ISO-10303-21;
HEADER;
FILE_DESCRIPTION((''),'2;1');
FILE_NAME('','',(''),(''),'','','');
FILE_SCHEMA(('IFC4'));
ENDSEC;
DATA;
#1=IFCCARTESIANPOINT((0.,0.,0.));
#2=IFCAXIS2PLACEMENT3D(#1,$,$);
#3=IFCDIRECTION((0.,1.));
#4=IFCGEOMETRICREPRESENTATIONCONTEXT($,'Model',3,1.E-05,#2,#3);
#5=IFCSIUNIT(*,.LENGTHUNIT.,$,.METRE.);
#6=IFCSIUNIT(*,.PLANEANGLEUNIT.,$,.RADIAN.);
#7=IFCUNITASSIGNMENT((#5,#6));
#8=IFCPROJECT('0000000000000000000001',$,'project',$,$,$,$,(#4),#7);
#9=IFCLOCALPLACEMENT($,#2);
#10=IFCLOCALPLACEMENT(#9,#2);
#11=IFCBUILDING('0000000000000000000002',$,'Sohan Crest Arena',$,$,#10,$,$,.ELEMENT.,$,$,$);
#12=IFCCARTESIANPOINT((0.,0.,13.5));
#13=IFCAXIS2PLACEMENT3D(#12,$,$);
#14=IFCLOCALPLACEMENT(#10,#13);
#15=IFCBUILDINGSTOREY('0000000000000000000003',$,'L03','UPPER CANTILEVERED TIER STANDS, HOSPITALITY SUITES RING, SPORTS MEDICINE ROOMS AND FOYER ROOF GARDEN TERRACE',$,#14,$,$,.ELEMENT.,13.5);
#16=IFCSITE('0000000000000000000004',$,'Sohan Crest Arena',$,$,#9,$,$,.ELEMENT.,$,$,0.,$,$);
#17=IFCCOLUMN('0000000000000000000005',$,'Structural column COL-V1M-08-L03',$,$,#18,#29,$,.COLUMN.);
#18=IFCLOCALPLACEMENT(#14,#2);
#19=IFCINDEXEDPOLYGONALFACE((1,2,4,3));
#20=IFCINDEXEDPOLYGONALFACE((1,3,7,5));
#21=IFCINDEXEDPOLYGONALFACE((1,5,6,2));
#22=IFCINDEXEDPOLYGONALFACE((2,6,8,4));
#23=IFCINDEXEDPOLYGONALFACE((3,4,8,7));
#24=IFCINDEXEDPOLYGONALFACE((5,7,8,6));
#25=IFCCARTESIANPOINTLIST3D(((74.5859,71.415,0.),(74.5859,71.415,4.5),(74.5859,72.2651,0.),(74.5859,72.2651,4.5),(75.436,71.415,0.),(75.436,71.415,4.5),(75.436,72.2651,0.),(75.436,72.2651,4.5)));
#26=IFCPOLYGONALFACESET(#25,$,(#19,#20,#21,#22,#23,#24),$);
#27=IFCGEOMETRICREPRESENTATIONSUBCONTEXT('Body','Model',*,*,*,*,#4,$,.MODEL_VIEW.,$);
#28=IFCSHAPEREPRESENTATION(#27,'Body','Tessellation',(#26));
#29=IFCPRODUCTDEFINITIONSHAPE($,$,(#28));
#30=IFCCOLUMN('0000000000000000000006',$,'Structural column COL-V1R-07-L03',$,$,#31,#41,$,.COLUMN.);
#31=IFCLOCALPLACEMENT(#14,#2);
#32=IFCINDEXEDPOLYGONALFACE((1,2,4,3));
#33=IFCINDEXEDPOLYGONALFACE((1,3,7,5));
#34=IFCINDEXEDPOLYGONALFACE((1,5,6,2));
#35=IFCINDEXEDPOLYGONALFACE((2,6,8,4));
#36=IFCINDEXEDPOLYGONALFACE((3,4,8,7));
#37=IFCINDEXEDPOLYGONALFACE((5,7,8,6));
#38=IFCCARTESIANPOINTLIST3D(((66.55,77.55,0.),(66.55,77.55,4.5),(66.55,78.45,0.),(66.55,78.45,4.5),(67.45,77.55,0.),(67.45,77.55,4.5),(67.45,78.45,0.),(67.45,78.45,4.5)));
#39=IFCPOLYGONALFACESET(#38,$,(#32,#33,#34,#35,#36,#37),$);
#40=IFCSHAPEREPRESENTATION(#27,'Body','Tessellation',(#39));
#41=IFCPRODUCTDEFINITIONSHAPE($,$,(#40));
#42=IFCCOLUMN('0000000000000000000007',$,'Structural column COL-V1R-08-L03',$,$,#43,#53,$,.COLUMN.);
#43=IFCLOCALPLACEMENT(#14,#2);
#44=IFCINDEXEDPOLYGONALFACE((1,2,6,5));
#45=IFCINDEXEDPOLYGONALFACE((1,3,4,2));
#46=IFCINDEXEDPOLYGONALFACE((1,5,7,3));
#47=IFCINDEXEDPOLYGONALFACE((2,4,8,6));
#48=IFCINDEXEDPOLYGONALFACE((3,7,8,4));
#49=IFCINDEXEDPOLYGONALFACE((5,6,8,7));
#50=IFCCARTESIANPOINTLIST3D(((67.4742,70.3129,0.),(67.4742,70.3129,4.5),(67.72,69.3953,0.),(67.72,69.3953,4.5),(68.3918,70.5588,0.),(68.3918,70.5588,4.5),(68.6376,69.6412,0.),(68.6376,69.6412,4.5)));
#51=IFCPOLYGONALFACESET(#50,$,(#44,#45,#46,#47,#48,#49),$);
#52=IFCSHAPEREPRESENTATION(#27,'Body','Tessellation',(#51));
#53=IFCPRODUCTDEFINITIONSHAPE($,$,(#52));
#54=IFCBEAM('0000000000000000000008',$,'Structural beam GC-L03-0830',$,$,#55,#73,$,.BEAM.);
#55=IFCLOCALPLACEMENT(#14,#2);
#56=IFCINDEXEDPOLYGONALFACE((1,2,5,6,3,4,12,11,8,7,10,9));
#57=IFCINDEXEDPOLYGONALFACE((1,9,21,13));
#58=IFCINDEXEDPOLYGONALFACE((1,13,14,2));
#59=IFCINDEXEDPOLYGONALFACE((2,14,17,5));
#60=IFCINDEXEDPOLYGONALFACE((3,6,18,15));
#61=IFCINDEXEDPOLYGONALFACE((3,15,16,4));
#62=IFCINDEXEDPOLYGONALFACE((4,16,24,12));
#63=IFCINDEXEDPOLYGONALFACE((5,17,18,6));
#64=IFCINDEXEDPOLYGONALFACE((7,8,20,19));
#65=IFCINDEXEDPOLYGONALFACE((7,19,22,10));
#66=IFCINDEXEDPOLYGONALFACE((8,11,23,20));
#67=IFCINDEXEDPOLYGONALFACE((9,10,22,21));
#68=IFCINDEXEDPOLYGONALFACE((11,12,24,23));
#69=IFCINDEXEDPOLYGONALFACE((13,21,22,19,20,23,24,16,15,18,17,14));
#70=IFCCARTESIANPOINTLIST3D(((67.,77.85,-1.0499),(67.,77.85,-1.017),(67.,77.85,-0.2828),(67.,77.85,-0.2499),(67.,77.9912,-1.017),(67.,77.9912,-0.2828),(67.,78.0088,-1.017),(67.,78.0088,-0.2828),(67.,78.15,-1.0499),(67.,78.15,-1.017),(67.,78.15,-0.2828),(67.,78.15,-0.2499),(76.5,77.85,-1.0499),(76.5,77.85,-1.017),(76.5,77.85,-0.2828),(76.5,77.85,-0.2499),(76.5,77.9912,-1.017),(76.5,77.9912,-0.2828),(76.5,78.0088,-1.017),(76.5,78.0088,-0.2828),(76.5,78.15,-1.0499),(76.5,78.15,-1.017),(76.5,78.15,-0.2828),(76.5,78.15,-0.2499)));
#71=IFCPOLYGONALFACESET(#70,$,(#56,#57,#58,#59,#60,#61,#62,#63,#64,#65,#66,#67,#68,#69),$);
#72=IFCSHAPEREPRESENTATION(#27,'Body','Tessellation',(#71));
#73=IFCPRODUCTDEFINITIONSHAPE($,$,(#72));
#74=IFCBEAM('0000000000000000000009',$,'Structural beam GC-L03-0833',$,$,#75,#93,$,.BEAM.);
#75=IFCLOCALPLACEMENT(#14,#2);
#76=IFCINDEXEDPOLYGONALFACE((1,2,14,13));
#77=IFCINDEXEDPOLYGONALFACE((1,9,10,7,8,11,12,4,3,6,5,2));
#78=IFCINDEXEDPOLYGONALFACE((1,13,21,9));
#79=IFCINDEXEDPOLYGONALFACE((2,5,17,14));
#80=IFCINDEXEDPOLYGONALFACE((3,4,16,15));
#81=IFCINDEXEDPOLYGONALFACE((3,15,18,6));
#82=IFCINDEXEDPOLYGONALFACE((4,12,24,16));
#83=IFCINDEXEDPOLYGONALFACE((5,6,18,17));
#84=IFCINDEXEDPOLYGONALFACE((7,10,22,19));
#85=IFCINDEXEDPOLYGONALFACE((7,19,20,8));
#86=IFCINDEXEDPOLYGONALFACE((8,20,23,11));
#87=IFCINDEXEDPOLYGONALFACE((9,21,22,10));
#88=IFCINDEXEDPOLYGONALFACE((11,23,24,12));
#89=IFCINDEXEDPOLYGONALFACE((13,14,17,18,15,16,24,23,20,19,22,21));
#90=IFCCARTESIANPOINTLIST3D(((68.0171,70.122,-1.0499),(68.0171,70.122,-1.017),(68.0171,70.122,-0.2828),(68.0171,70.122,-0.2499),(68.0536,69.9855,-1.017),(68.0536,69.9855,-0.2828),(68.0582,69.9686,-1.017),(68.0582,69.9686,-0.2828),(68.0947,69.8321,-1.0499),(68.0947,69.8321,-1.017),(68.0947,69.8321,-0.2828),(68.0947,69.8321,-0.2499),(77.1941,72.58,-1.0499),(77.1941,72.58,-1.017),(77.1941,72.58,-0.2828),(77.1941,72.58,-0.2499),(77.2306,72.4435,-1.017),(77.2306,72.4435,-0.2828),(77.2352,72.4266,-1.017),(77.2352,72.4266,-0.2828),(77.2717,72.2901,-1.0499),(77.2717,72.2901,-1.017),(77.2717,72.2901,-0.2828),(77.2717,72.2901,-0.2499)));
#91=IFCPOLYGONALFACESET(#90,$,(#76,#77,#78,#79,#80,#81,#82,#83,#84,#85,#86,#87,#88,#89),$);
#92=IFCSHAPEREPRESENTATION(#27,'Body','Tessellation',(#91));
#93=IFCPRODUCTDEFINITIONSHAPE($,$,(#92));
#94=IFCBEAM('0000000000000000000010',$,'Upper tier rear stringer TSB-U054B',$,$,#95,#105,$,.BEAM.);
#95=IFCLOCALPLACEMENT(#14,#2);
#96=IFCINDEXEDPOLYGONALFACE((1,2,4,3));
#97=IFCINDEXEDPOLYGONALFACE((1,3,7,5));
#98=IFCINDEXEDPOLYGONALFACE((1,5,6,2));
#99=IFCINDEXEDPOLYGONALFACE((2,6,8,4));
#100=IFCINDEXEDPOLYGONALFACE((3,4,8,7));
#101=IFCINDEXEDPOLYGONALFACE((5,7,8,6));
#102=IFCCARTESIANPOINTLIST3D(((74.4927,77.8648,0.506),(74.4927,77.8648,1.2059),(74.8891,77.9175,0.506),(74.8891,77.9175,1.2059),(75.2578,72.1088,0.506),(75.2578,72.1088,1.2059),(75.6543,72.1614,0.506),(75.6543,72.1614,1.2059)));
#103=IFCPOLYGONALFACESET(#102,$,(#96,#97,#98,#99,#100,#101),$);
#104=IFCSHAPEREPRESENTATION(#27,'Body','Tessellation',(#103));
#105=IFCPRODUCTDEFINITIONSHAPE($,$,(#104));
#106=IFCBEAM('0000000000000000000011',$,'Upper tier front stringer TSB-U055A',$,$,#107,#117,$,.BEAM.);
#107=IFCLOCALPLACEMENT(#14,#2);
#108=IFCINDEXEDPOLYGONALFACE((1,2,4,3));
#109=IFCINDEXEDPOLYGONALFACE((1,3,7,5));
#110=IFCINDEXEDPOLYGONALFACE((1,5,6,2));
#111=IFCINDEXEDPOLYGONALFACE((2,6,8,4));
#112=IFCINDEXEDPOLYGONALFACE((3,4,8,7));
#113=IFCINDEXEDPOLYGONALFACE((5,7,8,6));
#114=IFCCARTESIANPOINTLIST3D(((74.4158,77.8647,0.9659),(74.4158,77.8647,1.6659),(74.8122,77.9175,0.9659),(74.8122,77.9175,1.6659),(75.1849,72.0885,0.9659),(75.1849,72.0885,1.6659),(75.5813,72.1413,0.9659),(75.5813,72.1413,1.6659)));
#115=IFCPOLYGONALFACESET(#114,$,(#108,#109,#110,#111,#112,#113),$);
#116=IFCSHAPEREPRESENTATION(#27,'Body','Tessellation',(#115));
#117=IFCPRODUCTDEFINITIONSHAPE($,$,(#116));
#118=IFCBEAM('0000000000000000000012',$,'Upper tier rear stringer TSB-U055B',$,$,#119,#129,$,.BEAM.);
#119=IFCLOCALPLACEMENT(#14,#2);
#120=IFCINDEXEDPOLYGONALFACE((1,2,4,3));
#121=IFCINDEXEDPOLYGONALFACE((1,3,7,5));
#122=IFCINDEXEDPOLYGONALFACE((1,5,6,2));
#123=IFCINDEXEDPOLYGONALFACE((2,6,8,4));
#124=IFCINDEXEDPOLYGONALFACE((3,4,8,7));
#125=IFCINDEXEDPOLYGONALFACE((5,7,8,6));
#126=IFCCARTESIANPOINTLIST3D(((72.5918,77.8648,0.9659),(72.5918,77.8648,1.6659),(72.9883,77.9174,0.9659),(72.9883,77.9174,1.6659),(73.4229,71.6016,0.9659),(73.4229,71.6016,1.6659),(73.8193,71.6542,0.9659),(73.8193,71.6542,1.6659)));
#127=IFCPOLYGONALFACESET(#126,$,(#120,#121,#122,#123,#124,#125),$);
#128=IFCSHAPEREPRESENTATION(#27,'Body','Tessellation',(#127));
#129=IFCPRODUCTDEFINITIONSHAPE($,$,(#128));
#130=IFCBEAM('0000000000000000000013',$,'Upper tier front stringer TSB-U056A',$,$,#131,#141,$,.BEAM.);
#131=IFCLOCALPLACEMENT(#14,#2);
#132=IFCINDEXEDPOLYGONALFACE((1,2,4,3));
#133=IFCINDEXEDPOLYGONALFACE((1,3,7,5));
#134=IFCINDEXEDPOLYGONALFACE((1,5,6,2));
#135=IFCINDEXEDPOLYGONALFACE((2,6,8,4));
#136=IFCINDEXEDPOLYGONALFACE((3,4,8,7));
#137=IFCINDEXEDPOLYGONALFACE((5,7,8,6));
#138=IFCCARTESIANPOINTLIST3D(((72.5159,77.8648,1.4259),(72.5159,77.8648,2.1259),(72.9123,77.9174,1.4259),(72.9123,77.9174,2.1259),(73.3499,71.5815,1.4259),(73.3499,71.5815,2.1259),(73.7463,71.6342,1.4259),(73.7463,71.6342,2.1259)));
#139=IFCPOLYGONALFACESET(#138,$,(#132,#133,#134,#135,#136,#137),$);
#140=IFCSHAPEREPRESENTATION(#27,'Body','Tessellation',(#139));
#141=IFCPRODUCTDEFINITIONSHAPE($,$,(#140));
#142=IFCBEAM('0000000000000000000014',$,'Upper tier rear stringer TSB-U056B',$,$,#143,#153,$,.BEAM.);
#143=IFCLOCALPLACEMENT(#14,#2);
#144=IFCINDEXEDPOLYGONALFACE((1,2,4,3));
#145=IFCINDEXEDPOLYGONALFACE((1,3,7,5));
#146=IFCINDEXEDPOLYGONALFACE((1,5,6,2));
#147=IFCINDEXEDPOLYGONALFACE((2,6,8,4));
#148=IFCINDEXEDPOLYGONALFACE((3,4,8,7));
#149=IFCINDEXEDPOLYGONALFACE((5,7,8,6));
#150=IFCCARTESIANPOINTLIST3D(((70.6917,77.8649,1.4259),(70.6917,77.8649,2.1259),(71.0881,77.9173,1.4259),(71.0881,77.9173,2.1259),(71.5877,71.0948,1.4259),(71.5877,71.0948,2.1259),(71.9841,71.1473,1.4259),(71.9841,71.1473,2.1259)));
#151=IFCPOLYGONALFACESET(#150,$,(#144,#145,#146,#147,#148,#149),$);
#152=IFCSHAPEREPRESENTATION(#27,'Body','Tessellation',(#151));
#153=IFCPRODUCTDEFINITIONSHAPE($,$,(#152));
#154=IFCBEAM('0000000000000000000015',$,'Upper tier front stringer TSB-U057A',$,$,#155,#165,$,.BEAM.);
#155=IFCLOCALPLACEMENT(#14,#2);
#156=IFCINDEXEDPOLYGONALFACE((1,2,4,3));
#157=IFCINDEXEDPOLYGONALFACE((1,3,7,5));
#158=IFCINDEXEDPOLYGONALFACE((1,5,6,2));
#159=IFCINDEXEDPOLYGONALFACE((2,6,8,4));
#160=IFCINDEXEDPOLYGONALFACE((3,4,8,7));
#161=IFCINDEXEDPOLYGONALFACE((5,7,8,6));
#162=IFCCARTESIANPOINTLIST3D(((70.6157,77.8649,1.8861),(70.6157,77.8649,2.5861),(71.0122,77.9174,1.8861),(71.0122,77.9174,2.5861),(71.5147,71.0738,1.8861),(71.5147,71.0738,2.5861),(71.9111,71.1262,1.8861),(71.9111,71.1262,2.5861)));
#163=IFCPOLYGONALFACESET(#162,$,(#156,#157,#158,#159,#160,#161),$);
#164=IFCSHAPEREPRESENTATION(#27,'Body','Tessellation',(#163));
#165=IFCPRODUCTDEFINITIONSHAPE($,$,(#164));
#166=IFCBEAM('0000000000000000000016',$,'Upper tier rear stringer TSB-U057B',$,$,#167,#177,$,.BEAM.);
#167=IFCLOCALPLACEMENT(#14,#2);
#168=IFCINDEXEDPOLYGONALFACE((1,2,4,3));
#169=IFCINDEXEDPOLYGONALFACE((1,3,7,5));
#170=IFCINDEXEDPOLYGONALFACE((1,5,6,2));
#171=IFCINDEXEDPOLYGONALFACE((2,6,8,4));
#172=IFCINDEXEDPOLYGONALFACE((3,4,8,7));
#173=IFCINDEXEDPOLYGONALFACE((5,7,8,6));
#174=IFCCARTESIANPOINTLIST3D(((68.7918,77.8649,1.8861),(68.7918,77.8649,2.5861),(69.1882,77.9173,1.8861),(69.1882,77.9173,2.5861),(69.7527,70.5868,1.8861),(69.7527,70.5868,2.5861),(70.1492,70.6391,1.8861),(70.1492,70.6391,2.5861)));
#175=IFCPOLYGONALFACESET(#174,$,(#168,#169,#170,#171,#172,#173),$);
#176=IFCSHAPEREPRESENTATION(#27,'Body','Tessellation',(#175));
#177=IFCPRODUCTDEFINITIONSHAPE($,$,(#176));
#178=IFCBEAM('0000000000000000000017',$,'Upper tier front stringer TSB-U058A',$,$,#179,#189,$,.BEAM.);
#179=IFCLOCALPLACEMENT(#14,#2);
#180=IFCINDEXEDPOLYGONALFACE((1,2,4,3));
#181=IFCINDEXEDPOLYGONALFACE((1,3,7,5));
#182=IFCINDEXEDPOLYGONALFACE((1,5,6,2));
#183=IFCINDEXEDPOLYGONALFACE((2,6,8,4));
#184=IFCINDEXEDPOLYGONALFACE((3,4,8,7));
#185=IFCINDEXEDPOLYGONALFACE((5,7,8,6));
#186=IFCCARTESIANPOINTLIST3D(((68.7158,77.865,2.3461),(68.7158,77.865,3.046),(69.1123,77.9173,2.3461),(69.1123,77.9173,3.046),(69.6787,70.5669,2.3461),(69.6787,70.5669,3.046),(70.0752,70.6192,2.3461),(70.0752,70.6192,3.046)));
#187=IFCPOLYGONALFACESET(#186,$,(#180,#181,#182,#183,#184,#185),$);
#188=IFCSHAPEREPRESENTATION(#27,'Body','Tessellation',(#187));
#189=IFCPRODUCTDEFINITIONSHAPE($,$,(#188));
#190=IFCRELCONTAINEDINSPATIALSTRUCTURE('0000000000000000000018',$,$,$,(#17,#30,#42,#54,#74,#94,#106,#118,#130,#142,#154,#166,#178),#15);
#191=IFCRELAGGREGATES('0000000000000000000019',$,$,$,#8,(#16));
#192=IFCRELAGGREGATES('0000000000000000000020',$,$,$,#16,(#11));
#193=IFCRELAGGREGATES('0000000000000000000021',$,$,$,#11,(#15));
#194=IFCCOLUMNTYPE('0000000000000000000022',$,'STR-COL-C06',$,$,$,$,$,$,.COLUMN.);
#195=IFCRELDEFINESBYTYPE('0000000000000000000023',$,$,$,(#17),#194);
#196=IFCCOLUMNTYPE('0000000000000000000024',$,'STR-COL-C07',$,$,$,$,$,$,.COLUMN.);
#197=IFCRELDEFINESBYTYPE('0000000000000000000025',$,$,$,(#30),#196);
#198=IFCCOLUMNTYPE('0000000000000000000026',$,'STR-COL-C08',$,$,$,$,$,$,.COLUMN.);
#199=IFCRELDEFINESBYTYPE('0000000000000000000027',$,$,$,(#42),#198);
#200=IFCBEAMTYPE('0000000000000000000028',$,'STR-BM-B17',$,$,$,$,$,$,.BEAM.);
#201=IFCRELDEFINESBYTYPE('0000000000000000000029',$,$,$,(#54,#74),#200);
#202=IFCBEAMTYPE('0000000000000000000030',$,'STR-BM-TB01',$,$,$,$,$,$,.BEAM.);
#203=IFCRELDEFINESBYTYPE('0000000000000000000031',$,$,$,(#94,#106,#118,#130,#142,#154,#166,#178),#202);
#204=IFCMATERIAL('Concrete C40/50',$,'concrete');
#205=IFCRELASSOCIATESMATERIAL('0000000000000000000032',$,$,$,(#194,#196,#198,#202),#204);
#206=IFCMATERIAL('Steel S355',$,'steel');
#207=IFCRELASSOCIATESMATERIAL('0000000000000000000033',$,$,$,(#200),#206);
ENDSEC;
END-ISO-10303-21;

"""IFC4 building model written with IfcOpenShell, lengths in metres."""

from ifc_helpers import new_model, si_unit, direction, frame, origin, origin_2d, place, context, subcontext, project, spatial, rectangle, i_section, extrude, material, material_profile, profile_set, type_object, element, save


model = new_model("IFC4")

# Units and contexts
model_context = context("Model", 3, precision=1e-05, world=origin(), true_north=direction((0.0, 1.0)))
body_context = subcontext(model_context, "Body", "Model", "MODEL_VIEW")
ifc_project = project(units=[si_unit("LENGTHUNIT", "METRE"), si_unit("PLANEANGLEUNIT", "RADIAN")], contexts=[model_context])

# Site, building, storey
site_placement = place(None, origin())
site = spatial("IfcSite", under=ifc_project, at=site_placement, Name="Sohan Crest Arena", CompositionType="ELEMENT", RefElevation=0.0)
building_placement = place(site_placement, origin())
building = spatial("IfcBuilding", under=site, at=building_placement, Name="Sohan Crest Arena", CompositionType="ELEMENT")
storey_placement = place(building_placement, frame((0.0, 0.0, 13.5)))
storey = spatial("IfcBuildingStorey", under=building, at=storey_placement, Name="L03", Description="UPPER CANTILEVERED TIER STANDS, HOSPITALITY SUITES RING, SPORTS MEDICINE ROOMS AND FOYER ROOF GARDEN TERRACE", CompositionType="ELEMENT", Elevation=13.5)

# Columns
ifc_material_1 = material(Name="Concrete C40/50", Category="concrete")
ifc_material_profile_1 = material_profile(ifc_material_1, rectangle(XDim=0.8501, YDim=0.8501, at=origin_2d()), Name="RC 850x850")
ifc_profile_set_1 = profile_set([ifc_material_profile_1], Name="Concrete C40/50")
column_type_1 = type_object("IfcColumnType", Name="STR-COL-C06", PredefinedType="COLUMN", material=ifc_profile_set_1)
column_1_placement = place(storey_placement, frame((75.011, 71.8401, 0.0), z_axis=(0.0, 0.0, 1.0), x_axis=(1.0, 0.0, 0.0)))
element("IfcColumn", 1, at=column_1_placement, inside=storey, type_object=column_type_1, Name="Structural column COL-V1M-08-L03", PredefinedType="COLUMN", context=body_context, shape_type="SweptSolid", body=[
    extrude(rectangle(XDim=0.8501, YDim=0.8501, at=origin_2d()), origin(), (0.0, 0.0, 1.0), 4.5),
])
ifc_material_profile_2 = material_profile(ifc_material_1, rectangle(XDim=0.8999, YDim=0.8999, at=origin_2d()), Name="RC 900x900")
ifc_profile_set_2 = profile_set([ifc_material_profile_2], Name="Concrete C40/50")
column_type_2 = type_object("IfcColumnType", Name="STR-COL-C07", PredefinedType="COLUMN", material=ifc_profile_set_2)
column_2_placement = place(storey_placement, frame((67.0, 78.0, 0.0), z_axis=(0.0, 0.0, 1.0), x_axis=(1.0, 0.0, 0.0)))
element("IfcColumn", 2, at=column_2_placement, inside=storey, type_object=column_type_2, Name="Structural column COL-V1R-07-L03", PredefinedType="COLUMN", context=body_context, shape_type="SweptSolid", body=[
    extrude(rectangle(XDim=0.8999, YDim=0.8999, at=origin_2d()), origin(), (0.0, 0.0, 1.0), 4.5),
])
ifc_material_profile_3 = material_profile(ifc_material_1, rectangle(XDim=0.95, YDim=0.95, at=origin_2d()), Name="RC 950x950")
ifc_profile_set_3 = profile_set([ifc_material_profile_3], Name="Concrete C40/50")
column_type_3 = type_object("IfcColumnType", Name="STR-COL-C08", PredefinedType="COLUMN", material=ifc_profile_set_3)
column_3_placement = place(storey_placement, frame((68.0559, 69.9771, 0.0), z_axis=(0.0, 0.0, 1.0), x_axis=(0.965926, 0.258819, 0.0)))
element("IfcColumn", 3, at=column_3_placement, inside=storey, type_object=column_type_3, Name="Structural column COL-V1R-08-L03", PredefinedType="COLUMN", context=body_context, shape_type="SweptSolid", body=[
    extrude(rectangle(XDim=0.95, YDim=0.95, at=origin_2d()), origin(), (0.0, 0.0, 1.0), 4.5),
])

# Beams
ifc_material_2 = material(Name="Steel S355", Category="steel")
ifc_material_profile_4 = material_profile(ifc_material_2, i_section(OverallWidth=0.3, OverallDepth=0.8, WebThickness=0.0176, FlangeThickness=0.033, at=origin_2d()), Name="HEB 800")
ifc_profile_set_4 = profile_set([ifc_material_profile_4], Name="Steel S355")
beam_type_1 = type_object("IfcBeamType", Name="STR-BM-B17", PredefinedType="BEAM", material=ifc_profile_set_4)
beam_1_placement = place(storey_placement, frame((67.0, 78.0, -0.6499), z_axis=(1.0, 0.0, 0.0), x_axis=(0.0, 1.0, 0.0)))
element("IfcBeam", 4, at=beam_1_placement, inside=storey, type_object=beam_type_1, Name="Structural beam GC-L03-0830", PredefinedType="BEAM", context=body_context, shape_type="SweptSolid", body=[
    extrude(i_section(OverallWidth=0.3, OverallDepth=0.8, WebThickness=0.0176, FlangeThickness=0.033, at=origin_2d()), origin(), (0.0, 0.0, 1.0), 9.5),
])
beam_2_placement = place(storey_placement, frame((68.0559, 69.9771, -0.6499), z_axis=(0.965951, 0.258725, 0.0), x_axis=(-0.258725, 0.965951, 0.0)))
element("IfcBeam", 5, at=beam_2_placement, inside=storey, type_object=beam_type_1, Name="Structural beam GC-L03-0833", PredefinedType="BEAM", context=body_context, shape_type="SweptSolid", body=[
    extrude(i_section(OverallWidth=0.3, OverallDepth=0.8, WebThickness=0.0176, FlangeThickness=0.033, at=origin_2d()), origin(), (0.0, 0.0, 1.0), 9.5005),
])
ifc_material_profile_5 = material_profile(ifc_material_1, rectangle(XDim=0.3999, YDim=0.7, at=origin_2d()), Name="RC-BM 400x700")
ifc_profile_set_5 = profile_set([ifc_material_profile_5], Name="Concrete C40/50")
beam_type_2 = type_object("IfcBeamType", Name="STR-BM-TB01", PredefinedType="BEAM", material=ifc_profile_set_5)
beam_3_placement = place(storey_placement, frame((74.6909, 77.8911, 0.856), z_axis=(0.131767, -0.991281, 0.0), x_axis=(0.991281, 0.131767, 0.0)))
element("IfcBeam", 6, at=beam_3_placement, inside=storey, type_object=beam_type_2, Name="Upper tier rear stringer TSB-U054B", PredefinedType="BEAM", context=body_context, shape_type="SweptSolid", body=[
    extrude(rectangle(XDim=0.3999, YDim=0.7, at=origin_2d()), origin(), (0.0, 0.0, 1.0), 5.8066),
])
beam_4_placement = place(storey_placement, frame((74.614, 77.8911, 1.3159), z_axis=(0.131977, -0.991253, 0.0), x_axis=(0.991253, 0.131977, 0.0)))
element("IfcBeam", 7, at=beam_4_placement, inside=storey, type_object=beam_type_2, Name="Upper tier front stringer TSB-U055A", PredefinedType="BEAM", context=body_context, shape_type="SweptSolid", body=[
    extrude(rectangle(XDim=0.3999, YDim=0.7, at=origin_2d()), origin(), (0.0, 0.0, 1.0), 5.8271),
])
beam_5_placement = place(storey_placement, frame((72.79, 77.8911, 1.3159), z_axis=(0.131536, -0.991311, 0.0), x_axis=(0.991311, 0.131536, 0.0)))
element("IfcBeam", 8, at=beam_5_placement, inside=storey, type_object=beam_type_2, Name="Upper tier rear stringer TSB-U055B", PredefinedType="BEAM", context=body_context, shape_type="SweptSolid", body=[
    extrude(rectangle(XDim=0.3999, YDim=0.7, at=origin_2d()), origin(), (0.0, 0.0, 1.0), 6.3181),
])
beam_6_placement = place(storey_placement, frame((72.7141, 77.8911, 1.7759), z_axis=(0.131578, -0.991306, 0.0), x_axis=(0.991306, 0.131578, 0.0)))
element("IfcBeam", 9, at=beam_6_placement, inside=storey, type_object=beam_type_2, Name="Upper tier front stringer TSB-U056A", PredefinedType="BEAM", context=body_context, shape_type="SweptSolid", body=[
    extrude(rectangle(XDim=0.3999, YDim=0.7, at=origin_2d()), origin(), (0.0, 0.0, 1.0), 6.3384),
])
beam_7_placement = place(storey_placement, frame((70.8899, 77.8911, 1.7759), z_axis=(0.131204, -0.991355, 0.0), x_axis=(0.991355, 0.131204, 0.0)))
element("IfcBeam", 10, at=beam_7_placement, inside=storey, type_object=beam_type_2, Name="Upper tier rear stringer TSB-U056B", PredefinedType="BEAM", context=body_context, shape_type="SweptSolid", body=[
    extrude(rectangle(XDim=0.3999, YDim=0.7, at=origin_2d()), origin(), (0.0, 0.0, 1.0), 6.8291),
])
beam_8_placement = place(storey_placement, frame((70.814, 77.8911, 2.2361), z_axis=(0.131225, -0.991353, 0.0), x_axis=(0.991353, 0.131225, 0.0)))
element("IfcBeam", 11, at=beam_8_placement, inside=storey, type_object=beam_type_2, Name="Upper tier front stringer TSB-U057A", PredefinedType="BEAM", context=body_context, shape_type="SweptSolid", body=[
    extrude(rectangle(XDim=0.3999, YDim=0.7, at=origin_2d()), origin(), (0.0, 0.0, 1.0), 6.8503),
])
beam_9_placement = place(storey_placement, frame((68.99, 77.8911, 2.2361), z_axis=(0.130896, -0.991396, 0.0), x_axis=(0.991396, 0.130896, 0.0)))
element("IfcBeam", 12, at=beam_9_placement, inside=storey, type_object=beam_type_2, Name="Upper tier rear stringer TSB-U057B", PredefinedType="BEAM", context=body_context, shape_type="SweptSolid", body=[
    extrude(rectangle(XDim=0.3999, YDim=0.7, at=origin_2d()), origin(), (0.0, 0.0, 1.0), 7.3413),
])
beam_10_placement = place(storey_placement, frame((68.9141, 77.8911, 2.696), z_axis=(0.130804, -0.991408, 0.0), x_axis=(0.991408, 0.130804, 0.0)))
element("IfcBeam", 13, at=beam_10_placement, inside=storey, type_object=beam_type_2, Name="Upper tier front stringer TSB-U058A", PredefinedType="BEAM", context=body_context, shape_type="SweptSolid", body=[
    extrude(rectangle(XDim=0.3999, YDim=0.7, at=origin_2d()), origin(), (0.0, 0.0, 1.0), 7.3613),
])

save(model, "model.ifc")
